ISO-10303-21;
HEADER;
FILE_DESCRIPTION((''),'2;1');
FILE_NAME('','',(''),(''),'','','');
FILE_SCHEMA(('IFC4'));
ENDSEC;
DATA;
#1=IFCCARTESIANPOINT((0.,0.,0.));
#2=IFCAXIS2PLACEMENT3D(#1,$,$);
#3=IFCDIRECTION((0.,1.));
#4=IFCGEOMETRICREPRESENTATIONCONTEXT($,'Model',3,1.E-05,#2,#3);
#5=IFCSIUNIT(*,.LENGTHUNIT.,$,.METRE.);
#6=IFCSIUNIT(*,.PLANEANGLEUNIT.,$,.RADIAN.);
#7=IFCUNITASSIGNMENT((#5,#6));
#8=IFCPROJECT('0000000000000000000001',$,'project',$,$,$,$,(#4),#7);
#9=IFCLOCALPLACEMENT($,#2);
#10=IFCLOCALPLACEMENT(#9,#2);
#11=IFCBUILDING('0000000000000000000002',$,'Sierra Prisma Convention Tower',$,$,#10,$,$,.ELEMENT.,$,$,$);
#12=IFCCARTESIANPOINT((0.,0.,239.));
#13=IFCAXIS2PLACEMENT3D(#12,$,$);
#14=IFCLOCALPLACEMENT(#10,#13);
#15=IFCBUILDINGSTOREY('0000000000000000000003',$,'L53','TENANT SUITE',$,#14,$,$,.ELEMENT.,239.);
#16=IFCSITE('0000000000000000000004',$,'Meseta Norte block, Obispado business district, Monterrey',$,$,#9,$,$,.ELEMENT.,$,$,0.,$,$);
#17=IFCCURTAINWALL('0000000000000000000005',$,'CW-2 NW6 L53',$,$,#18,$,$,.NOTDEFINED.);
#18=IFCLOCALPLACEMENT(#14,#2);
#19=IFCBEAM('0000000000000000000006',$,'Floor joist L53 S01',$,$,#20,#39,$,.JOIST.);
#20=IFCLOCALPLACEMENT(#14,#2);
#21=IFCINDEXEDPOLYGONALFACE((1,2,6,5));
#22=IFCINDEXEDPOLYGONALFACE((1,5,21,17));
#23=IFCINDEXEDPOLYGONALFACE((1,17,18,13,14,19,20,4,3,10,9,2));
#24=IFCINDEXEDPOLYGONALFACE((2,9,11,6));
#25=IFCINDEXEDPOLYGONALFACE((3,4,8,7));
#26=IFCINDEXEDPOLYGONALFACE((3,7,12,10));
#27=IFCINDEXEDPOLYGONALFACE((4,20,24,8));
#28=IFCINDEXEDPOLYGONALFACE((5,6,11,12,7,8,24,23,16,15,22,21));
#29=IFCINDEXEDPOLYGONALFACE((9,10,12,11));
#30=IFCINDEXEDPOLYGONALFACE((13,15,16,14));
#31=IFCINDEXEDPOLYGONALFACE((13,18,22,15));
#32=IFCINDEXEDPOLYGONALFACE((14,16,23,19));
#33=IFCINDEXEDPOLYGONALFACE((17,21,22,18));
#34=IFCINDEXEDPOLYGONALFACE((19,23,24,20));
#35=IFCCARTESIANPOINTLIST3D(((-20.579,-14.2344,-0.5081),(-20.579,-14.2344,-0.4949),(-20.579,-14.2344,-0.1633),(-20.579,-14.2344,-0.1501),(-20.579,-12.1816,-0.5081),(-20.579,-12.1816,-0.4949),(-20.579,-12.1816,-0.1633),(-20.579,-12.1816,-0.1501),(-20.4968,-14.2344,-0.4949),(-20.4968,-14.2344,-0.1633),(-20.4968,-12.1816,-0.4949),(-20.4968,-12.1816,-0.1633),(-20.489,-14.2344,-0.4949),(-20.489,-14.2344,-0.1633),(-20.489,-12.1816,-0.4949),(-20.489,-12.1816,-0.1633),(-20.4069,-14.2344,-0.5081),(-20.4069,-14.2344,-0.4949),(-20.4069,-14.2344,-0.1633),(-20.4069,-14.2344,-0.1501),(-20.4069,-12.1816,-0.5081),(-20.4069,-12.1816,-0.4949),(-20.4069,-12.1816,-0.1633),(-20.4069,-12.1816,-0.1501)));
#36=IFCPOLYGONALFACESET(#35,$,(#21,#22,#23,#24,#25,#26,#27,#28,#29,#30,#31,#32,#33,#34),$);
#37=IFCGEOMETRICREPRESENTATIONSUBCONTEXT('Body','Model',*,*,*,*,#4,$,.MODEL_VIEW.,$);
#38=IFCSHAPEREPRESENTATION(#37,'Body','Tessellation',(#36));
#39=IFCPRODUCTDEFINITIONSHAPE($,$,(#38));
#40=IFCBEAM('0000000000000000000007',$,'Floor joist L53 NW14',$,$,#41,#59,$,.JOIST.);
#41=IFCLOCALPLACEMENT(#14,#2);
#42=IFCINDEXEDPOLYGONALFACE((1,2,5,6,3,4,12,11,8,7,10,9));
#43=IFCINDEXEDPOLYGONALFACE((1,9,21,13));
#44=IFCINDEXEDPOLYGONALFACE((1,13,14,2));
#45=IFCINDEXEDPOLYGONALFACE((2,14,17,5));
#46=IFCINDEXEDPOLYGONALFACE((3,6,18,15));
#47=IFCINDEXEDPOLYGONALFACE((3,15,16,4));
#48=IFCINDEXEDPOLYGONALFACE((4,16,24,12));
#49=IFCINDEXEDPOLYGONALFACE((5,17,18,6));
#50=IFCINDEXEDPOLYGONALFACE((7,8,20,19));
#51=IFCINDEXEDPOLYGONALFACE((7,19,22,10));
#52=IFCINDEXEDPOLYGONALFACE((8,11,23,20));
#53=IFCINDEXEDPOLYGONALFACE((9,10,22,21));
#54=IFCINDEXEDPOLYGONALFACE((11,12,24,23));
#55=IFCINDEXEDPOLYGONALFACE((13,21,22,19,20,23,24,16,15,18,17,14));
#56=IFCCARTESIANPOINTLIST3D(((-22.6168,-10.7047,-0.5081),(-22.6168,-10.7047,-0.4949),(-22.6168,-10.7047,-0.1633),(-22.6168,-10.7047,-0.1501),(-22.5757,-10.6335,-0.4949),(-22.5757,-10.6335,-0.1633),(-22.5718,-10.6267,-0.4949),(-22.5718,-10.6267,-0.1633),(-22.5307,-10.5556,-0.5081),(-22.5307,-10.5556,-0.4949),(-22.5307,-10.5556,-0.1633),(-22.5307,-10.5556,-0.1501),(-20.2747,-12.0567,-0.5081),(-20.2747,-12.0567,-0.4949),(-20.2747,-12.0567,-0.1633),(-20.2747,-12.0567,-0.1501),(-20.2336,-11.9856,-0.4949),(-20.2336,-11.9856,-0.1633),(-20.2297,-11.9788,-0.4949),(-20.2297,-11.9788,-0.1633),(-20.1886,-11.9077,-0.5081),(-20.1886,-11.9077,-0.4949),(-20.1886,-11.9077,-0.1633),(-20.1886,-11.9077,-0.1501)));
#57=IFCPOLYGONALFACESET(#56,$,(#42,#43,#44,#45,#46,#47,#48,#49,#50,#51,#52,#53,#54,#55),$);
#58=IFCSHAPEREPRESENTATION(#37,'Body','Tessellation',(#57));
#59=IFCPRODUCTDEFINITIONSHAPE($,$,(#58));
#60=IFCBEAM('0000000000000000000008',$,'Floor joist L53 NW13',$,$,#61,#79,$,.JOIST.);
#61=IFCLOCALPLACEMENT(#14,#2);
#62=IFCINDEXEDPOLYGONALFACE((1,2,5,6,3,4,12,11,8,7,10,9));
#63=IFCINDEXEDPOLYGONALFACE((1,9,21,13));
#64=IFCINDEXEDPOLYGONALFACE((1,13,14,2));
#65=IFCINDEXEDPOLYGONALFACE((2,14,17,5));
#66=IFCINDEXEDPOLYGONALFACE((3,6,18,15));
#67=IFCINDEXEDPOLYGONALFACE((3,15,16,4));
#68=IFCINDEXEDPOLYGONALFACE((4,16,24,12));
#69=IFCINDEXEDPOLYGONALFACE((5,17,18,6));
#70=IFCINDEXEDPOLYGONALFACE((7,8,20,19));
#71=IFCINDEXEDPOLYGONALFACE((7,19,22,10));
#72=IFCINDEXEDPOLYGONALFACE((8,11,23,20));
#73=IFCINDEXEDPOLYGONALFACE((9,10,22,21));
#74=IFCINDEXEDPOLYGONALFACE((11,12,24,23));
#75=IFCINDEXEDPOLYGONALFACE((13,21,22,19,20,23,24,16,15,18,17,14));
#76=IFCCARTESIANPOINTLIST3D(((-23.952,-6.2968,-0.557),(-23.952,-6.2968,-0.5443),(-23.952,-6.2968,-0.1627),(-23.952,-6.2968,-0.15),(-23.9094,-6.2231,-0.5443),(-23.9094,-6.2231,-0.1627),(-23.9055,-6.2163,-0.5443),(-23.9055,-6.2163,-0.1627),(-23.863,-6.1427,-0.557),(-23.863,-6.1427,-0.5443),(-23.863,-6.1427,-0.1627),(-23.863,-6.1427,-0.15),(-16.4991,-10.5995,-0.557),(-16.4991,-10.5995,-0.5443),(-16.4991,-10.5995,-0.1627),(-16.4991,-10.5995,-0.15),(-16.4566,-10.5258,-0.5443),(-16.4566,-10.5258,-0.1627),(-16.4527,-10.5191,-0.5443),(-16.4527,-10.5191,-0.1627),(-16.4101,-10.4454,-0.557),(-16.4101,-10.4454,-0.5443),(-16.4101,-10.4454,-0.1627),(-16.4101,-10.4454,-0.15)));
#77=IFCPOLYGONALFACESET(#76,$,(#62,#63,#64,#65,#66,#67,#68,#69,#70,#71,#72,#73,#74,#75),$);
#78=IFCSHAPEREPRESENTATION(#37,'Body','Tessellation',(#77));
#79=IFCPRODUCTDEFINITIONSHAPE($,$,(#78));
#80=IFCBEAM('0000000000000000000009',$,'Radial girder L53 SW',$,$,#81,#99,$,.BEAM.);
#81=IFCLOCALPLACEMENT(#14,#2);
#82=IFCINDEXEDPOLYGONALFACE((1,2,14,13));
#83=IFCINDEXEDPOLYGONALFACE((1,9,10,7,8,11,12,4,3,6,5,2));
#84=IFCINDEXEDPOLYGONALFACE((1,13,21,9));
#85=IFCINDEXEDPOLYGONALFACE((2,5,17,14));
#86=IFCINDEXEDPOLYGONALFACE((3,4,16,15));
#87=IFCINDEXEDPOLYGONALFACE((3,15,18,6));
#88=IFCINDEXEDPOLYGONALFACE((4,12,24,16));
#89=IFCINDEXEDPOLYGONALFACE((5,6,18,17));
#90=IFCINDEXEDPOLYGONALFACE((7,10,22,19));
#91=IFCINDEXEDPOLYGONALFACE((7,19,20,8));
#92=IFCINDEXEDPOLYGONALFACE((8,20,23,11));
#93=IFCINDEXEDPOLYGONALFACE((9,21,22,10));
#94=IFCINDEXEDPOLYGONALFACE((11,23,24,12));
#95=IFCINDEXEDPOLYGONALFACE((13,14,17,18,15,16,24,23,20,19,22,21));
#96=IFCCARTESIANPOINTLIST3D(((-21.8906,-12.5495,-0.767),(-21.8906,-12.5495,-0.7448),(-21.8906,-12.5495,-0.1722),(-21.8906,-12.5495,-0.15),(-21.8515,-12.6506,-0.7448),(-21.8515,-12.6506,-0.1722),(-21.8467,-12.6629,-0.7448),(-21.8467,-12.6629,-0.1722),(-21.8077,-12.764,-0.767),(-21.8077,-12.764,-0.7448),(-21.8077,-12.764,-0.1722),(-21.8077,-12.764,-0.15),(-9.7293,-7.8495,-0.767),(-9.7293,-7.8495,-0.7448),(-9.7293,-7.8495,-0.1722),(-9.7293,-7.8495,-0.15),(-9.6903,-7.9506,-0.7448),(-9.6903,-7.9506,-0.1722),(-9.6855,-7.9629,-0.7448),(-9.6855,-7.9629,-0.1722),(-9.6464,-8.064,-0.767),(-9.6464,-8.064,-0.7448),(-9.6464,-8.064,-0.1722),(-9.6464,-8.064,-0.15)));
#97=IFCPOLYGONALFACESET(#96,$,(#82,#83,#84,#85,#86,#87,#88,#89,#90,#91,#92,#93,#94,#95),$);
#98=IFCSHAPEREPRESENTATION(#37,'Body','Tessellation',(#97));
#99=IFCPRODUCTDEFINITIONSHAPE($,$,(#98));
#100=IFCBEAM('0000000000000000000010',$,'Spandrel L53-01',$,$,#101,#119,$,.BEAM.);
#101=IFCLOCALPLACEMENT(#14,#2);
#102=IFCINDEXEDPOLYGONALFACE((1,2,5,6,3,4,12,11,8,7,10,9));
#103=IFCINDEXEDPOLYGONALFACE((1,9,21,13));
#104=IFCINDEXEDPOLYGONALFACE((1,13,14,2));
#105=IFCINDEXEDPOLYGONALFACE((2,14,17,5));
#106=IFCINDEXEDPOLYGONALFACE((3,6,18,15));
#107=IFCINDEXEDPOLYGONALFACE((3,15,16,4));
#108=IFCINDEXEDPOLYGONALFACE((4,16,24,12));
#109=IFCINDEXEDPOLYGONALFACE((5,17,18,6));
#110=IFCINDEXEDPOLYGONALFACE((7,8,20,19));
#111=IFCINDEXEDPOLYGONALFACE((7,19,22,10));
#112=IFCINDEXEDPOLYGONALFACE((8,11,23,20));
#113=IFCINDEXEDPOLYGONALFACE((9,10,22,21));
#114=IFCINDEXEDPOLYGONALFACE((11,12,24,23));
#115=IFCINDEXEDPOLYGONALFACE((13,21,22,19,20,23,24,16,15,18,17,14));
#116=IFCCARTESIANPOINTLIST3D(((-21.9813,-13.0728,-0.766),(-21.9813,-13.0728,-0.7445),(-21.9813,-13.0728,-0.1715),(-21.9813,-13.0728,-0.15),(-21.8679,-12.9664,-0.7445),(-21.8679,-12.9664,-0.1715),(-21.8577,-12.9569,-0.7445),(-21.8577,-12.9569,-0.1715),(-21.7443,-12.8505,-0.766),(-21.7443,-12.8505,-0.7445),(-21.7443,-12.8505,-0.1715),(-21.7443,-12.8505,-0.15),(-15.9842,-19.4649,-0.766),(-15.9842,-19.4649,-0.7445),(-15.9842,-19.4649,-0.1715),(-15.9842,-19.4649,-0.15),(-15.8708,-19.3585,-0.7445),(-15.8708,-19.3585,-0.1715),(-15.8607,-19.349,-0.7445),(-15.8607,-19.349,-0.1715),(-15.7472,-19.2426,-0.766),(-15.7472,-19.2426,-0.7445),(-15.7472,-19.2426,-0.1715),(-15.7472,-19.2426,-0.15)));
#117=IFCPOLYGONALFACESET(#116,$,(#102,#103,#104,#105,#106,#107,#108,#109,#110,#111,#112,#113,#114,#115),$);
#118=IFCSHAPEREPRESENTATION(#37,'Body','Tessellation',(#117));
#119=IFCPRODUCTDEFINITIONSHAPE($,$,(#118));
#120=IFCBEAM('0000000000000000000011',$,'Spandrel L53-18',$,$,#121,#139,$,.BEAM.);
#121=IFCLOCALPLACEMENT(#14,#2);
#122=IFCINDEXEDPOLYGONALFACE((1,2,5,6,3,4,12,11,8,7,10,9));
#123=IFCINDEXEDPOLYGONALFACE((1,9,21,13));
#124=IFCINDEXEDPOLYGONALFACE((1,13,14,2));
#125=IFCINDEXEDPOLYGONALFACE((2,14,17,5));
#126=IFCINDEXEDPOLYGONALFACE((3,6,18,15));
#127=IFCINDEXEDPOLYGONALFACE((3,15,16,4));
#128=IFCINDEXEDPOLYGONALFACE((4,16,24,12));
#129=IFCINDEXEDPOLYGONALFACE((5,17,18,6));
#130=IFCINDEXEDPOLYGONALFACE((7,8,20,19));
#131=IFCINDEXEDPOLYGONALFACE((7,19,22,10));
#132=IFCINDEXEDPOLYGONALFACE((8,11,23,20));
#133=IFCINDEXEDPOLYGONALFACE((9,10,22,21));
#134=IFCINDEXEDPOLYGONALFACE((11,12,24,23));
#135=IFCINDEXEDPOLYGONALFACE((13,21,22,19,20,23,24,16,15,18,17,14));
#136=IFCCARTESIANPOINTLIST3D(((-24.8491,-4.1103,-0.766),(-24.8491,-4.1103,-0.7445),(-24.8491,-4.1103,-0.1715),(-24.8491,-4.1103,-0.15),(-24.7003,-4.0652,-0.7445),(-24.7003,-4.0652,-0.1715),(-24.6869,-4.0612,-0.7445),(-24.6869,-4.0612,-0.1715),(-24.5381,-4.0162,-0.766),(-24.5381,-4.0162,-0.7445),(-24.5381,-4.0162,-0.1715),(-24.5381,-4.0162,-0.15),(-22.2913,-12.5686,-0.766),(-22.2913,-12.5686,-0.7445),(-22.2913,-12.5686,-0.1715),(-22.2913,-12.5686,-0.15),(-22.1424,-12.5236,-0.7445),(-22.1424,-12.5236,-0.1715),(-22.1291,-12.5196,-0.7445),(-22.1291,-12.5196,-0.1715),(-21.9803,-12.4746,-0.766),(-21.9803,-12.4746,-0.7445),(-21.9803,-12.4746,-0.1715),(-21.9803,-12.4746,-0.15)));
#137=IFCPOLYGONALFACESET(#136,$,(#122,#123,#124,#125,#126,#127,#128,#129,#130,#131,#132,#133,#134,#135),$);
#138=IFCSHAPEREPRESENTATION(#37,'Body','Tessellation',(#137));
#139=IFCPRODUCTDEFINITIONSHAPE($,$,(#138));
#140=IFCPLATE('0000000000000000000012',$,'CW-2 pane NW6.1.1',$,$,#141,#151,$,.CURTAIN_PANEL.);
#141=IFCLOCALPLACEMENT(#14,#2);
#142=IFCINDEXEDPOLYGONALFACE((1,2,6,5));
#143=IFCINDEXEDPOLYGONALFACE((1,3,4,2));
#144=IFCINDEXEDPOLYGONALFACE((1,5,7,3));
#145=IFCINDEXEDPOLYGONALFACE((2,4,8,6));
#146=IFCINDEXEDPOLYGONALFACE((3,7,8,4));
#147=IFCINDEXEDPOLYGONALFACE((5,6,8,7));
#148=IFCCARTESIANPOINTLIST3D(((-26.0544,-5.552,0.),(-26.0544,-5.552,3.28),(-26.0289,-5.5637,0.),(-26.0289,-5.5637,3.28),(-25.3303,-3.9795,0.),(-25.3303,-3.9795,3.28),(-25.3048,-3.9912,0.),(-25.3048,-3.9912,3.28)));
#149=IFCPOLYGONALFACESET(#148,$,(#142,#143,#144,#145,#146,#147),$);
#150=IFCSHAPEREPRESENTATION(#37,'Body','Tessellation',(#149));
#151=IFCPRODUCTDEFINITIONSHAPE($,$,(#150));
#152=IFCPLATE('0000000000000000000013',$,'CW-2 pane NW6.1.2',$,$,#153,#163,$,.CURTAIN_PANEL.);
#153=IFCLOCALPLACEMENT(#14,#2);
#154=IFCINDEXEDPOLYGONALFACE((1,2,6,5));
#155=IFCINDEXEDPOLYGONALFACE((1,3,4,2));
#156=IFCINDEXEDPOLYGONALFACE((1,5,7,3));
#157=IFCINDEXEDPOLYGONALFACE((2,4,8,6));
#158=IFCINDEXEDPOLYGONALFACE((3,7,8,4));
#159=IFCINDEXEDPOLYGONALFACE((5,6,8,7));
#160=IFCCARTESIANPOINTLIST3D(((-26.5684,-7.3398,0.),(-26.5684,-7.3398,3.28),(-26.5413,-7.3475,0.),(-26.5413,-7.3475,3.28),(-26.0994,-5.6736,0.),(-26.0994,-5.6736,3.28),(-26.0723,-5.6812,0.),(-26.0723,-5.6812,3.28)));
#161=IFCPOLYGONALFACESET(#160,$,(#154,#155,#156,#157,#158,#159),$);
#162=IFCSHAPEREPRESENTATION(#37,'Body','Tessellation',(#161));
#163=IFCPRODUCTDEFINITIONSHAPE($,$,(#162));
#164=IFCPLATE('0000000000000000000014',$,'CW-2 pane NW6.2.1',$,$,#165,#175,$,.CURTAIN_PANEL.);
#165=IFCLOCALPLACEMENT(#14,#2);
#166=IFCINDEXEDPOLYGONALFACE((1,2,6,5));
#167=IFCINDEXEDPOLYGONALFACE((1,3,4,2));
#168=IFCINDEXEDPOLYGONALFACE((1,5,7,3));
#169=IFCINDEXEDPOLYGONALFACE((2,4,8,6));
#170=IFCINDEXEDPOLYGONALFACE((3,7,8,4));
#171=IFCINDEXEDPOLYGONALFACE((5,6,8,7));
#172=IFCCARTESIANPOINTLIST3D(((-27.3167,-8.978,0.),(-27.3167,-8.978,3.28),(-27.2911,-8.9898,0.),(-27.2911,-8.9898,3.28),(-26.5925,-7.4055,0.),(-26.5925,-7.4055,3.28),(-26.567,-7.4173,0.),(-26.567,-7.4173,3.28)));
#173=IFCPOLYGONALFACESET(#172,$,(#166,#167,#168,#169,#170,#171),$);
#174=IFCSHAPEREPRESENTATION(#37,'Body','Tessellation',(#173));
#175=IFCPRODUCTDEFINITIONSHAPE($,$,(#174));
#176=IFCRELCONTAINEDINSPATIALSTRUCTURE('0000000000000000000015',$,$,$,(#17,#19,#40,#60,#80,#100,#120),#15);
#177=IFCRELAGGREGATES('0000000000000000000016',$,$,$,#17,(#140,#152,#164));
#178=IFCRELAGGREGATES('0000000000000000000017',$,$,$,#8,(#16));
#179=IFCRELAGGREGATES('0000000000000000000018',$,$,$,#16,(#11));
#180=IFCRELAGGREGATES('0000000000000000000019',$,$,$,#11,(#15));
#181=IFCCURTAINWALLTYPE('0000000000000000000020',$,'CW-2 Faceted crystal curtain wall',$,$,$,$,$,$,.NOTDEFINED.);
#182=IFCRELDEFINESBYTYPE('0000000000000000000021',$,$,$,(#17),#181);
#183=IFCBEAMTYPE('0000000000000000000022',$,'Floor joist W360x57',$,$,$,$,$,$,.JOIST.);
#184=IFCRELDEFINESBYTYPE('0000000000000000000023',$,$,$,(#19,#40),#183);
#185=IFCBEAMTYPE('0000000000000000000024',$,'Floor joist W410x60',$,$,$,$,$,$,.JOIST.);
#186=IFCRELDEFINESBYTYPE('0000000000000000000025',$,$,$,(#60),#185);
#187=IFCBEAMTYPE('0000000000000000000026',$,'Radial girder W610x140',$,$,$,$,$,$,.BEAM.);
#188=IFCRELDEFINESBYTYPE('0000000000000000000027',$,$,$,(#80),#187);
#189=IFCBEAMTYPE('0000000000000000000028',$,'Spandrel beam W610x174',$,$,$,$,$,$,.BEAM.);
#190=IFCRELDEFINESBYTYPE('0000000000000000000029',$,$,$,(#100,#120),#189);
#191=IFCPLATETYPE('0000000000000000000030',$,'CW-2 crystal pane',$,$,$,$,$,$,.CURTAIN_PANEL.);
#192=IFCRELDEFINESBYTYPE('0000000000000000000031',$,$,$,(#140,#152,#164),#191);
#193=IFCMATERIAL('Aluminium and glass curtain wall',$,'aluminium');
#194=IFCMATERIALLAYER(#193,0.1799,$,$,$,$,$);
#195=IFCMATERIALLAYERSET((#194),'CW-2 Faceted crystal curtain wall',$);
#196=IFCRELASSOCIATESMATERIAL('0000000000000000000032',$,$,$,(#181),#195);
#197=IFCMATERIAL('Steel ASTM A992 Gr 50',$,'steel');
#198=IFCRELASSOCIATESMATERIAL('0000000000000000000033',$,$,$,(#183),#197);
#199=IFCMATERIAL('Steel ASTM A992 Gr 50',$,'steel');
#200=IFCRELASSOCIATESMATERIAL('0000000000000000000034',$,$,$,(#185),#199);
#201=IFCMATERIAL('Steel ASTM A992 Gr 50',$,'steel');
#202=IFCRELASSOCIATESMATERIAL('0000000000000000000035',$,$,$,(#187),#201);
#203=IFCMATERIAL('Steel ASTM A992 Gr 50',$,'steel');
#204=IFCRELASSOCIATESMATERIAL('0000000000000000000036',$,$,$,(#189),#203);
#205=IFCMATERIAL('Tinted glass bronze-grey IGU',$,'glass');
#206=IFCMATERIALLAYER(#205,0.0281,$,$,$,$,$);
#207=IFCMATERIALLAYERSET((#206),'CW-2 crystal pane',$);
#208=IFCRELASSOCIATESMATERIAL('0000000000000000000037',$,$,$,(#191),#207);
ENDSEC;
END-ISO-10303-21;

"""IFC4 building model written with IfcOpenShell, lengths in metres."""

from ifc_helpers import new_model, si_unit, direction, frame, origin, origin_2d, place, context, subcontext, project, spatial, polyline, i_section, outline, extrude, material, layer, layer_set, material_profile, profile_set, type_object, element, aggregate, save


model = new_model("IFC4")

# Units and contexts
model_context = context("Model", 3, precision=1e-05, world=origin(), true_north=direction((0.0, 1.0)))
body_context = subcontext(model_context, "Body", "Model", "MODEL_VIEW")
ifc_project = project(units=[si_unit("LENGTHUNIT", "METRE"), si_unit("PLANEANGLEUNIT", "RADIAN")], contexts=[model_context])

# Site, building, storey
site_placement = place(None, origin())
site = spatial("IfcSite", under=ifc_project, at=site_placement, Name="Meseta Norte block, Obispado business district, Monterrey", CompositionType="ELEMENT", RefElevation=0.0)
building_placement = place(site_placement, origin())
building = spatial("IfcBuilding", under=site, at=building_placement, Name="Sierra Prisma Convention Tower", CompositionType="ELEMENT")
storey_placement = place(building_placement, frame((0.0, 0.0, 239.0)))
storey = spatial("IfcBuildingStorey", under=building, at=storey_placement, Name="L53", Description="TENANT SUITE", CompositionType="ELEMENT", Elevation=239.0)

# Curtain wall
ifc_material_1 = material(Name="Aluminium and glass curtain wall", Category="aluminium")
ifc_layer_1 = layer(ifc_material_1, 0.1799)
ifc_layer_set_1 = layer_set([ifc_layer_1], Name="CW-2 Faceted crystal curtain wall")
curtain_wall_type = type_object("IfcCurtainWallType", Name="CW-2 Faceted crystal curtain wall", PredefinedType="NOTDEFINED", material=ifc_layer_set_1)
curtain_wall_1_placement = place(storey_placement, origin())
curtain_wall_1 = element("IfcCurtainWall", 1, at=curtain_wall_1_placement, inside=storey, type_object=curtain_wall_type, Name="CW-2 NW6 L53", PredefinedType="NOTDEFINED")

# Beams
ifc_material_2 = material(Name="Steel ASTM A992 Gr 50", Category="steel")
ifc_material_profile_1 = material_profile(ifc_material_2, i_section(OverallWidth=0.1721, OverallDepth=0.3579, WebThickness=0.0078, FlangeThickness=0.0132, at=origin_2d()), Name="W360x57")
ifc_profile_set_1 = profile_set([ifc_material_profile_1], Name="Steel ASTM A992 Gr 50")
beam_type_1 = type_object("IfcBeamType", Name="Floor joist W360x57", PredefinedType="JOIST", material=ifc_profile_set_1)
beam_1_placement = place(storey_placement, frame((-20.4929, -14.2344, -0.3291), z_axis=(0.0, 1.0, 0.0), x_axis=(-1.0, 0.0, 0.0)))
element("IfcBeam", 2, at=beam_1_placement, inside=storey, type_object=beam_type_1, Name="Floor joist L53 S01", PredefinedType="JOIST", context=body_context, shape_type="SweptSolid", body=[
    extrude(i_section(OverallWidth=0.1721, OverallDepth=0.3579, WebThickness=0.0078, FlangeThickness=0.0132, at=origin_2d()), origin(), (0.0, 0.0, 1.0), 2.0527),
])
beam_2_placement = place(storey_placement, frame((-22.5737, -10.6301, -0.3291), z_axis=(0.866046, -0.499965, 0.0), x_axis=(0.499965, 0.866046, 0.0)))
element("IfcBeam", 3, at=beam_2_placement, inside=storey, type_object=beam_type_1, Name="Floor joist L53 NW14", PredefinedType="JOIST", context=body_context, shape_type="SweptSolid", body=[
    extrude(i_section(OverallWidth=0.1721, OverallDepth=0.3579, WebThickness=0.0078, FlangeThickness=0.0132, at=origin_2d()), origin(), (0.0, 0.0, 1.0), 2.7043),
])
ifc_material_3 = material(Name="Steel ASTM A992 Gr 50", Category="steel")
ifc_material_profile_2 = material_profile(ifc_material_3, i_section(OverallWidth=0.178, OverallDepth=0.407, WebThickness=0.0078, FlangeThickness=0.0127, at=origin_2d()), Name="W410x60")
ifc_profile_set_2 = profile_set([ifc_material_profile_2], Name="Steel ASTM A992 Gr 50")
beam_type_2 = type_object("IfcBeamType", Name="Floor joist W410x60", PredefinedType="JOIST", material=ifc_profile_set_2)
beam_3_placement = place(storey_placement, frame((-23.9075, -6.2197, -0.3535), z_axis=(0.866035, -0.499984, 0.0), x_axis=(0.499984, 0.866035, 0.0)))
element("IfcBeam", 4, at=beam_3_placement, inside=storey, type_object=beam_type_2, Name="Floor joist L53 NW13", PredefinedType="JOIST", context=body_context, shape_type="SweptSolid", body=[
    extrude(i_section(OverallWidth=0.178, OverallDepth=0.407, WebThickness=0.0078, FlangeThickness=0.0127, at=origin_2d()), origin(), (0.0, 0.0, 1.0), 8.6057),
])
ifc_material_4 = material(Name="Steel ASTM A992 Gr 50", Category="steel")
ifc_material_profile_3 = material_profile(ifc_material_4, i_section(OverallWidth=0.23, OverallDepth=0.6169, WebThickness=0.0132, FlangeThickness=0.0222, at=origin_2d()), Name="W610x140")
ifc_profile_set_3 = profile_set([ifc_material_profile_3], Name="Steel ASTM A992 Gr 50")
beam_type_3 = type_object("IfcBeamType", Name="Radial girder W610x140", PredefinedType="BEAM", material=ifc_profile_set_3)
beam_4_placement = place(storey_placement, frame((-21.8491, -12.6567, -0.4585), z_axis=(0.932764, 0.360488, 0.0), x_axis=(-0.360488, 0.932764, 0.0)))
element("IfcBeam", 5, at=beam_4_placement, inside=storey, type_object=beam_type_3, Name="Radial girder L53 SW", PredefinedType="BEAM", context=body_context, shape_type="SweptSolid", body=[
    extrude(i_section(OverallWidth=0.23, OverallDepth=0.6169, WebThickness=0.0132, FlangeThickness=0.0222, at=origin_2d()), origin(), (0.0, 0.0, 1.0), 13.0378),
])
ifc_material_5 = material(Name="Steel ASTM A992 Gr 50", Category="steel")
ifc_material_profile_4 = material_profile(ifc_material_5, i_section(OverallWidth=0.325, OverallDepth=0.616, WebThickness=0.0139, FlangeThickness=0.0215, at=origin_2d()), Name="W610x174")
ifc_profile_set_4 = profile_set([ifc_material_profile_4], Name="Steel ASTM A992 Gr 50")
beam_type_4 = type_object("IfcBeamType", Name="Spandrel beam W610x174", PredefinedType="BEAM", material=ifc_profile_set_4)
beam_5_placement = place(storey_placement, frame((-21.8628, -12.9617, -0.458), z_axis=(0.684213, -0.729282, 0.0), x_axis=(0.729282, 0.684213, 0.0)))
element("IfcBeam", 6, at=beam_5_placement, inside=storey, type_object=beam_type_4, Name="Spandrel L53-01", PredefinedType="BEAM", context=body_context, shape_type="SweptSolid", body=[
    extrude(i_section(OverallWidth=0.325, OverallDepth=0.616, WebThickness=0.0139, FlangeThickness=0.0215, at=origin_2d()), origin(), (0.0, 0.0, 1.0), 8.7649),
])
beam_6_placement = place(storey_placement, frame((-24.6936, -4.0632, -0.458), z_axis=(0.289456, -0.957191, 0.0), x_axis=(0.957191, 0.289456, 0.0)))
element("IfcBeam", 7, at=beam_6_placement, inside=storey, type_object=beam_type_4, Name="Spandrel L53-18", PredefinedType="BEAM", context=body_context, shape_type="SweptSolid", body=[
    extrude(i_section(OverallWidth=0.325, OverallDepth=0.616, WebThickness=0.0139, FlangeThickness=0.0215, at=origin_2d()), origin(), (0.0, 0.0, 1.0), 8.8367),
])

# Plates
ifc_material_6 = material(Name="Tinted glass bronze-grey IGU", Category="glass")
ifc_layer_2 = layer(ifc_material_6, 0.0281)
ifc_layer_set_2 = layer_set([ifc_layer_2], Name="CW-2 crystal pane")
plate_type = type_object("IfcPlateType", Name="CW-2 crystal pane", PredefinedType="CURTAIN_PANEL", material=ifc_layer_set_2)
plate_1_placement = place(storey_placement, frame((-25.3303, -3.9795, 0.0), z_axis=(-0.908322, 0.418271, 0.0), x_axis=(-0.418271, -0.908322, 0.0)))
plate_1 = element("IfcPlate", 8, at=plate_1_placement, type_object=plate_type, Name="CW-2 pane NW6.1.1", PredefinedType="CURTAIN_PANEL", context=body_context, shape_type="SweptSolid", body=[
    extrude(outline(polyline([(0.0, 0.0), (1.7312, 0.0), (1.7312, 3.28), (0.0, 3.28), (0.0, 0.0)])), origin(), (0.0, 0.0, -1.0), 0.0281),
])
plate_2_placement = place(storey_placement, frame((-26.5684, -7.3398, 0.0), z_axis=(-0.962597, 0.270938, 0.0), x_axis=(0.270938, 0.962597, 0.0)))
plate_2 = element("IfcPlate", 9, at=plate_2_placement, type_object=plate_type, Name="CW-2 pane NW6.1.2", PredefinedType="CURTAIN_PANEL", context=body_context, shape_type="SweptSolid", body=[
    extrude(outline(polyline([(0.0, 0.0), (1.731, 0.0), (1.731, -3.28), (0.0, -3.28), (0.0, 0.0)])), origin(), (0.0, 0.0, -1.0), 0.0281),
])
plate_3_placement = place(storey_placement, frame((-26.5925, -7.4055, 0.0), z_axis=(-0.908322, 0.418271, 0.0), x_axis=(-0.418271, -0.908322, 0.0)))
plate_3 = element("IfcPlate", 10, at=plate_3_placement, type_object=plate_type, Name="CW-2 pane NW6.2.1", PredefinedType="CURTAIN_PANEL", context=body_context, shape_type="SweptSolid", body=[
    extrude(outline(polyline([(0.0, 0.0), (1.7312, 0.0), (1.7312, 3.28), (0.0, 3.28), (0.0, 0.0)])), origin(), (0.0, 0.0, -1.0), 0.0281),
])
aggregate(curtain_wall_1, [plate_1, plate_2, plate_3])

save(model, "model.ifc")
